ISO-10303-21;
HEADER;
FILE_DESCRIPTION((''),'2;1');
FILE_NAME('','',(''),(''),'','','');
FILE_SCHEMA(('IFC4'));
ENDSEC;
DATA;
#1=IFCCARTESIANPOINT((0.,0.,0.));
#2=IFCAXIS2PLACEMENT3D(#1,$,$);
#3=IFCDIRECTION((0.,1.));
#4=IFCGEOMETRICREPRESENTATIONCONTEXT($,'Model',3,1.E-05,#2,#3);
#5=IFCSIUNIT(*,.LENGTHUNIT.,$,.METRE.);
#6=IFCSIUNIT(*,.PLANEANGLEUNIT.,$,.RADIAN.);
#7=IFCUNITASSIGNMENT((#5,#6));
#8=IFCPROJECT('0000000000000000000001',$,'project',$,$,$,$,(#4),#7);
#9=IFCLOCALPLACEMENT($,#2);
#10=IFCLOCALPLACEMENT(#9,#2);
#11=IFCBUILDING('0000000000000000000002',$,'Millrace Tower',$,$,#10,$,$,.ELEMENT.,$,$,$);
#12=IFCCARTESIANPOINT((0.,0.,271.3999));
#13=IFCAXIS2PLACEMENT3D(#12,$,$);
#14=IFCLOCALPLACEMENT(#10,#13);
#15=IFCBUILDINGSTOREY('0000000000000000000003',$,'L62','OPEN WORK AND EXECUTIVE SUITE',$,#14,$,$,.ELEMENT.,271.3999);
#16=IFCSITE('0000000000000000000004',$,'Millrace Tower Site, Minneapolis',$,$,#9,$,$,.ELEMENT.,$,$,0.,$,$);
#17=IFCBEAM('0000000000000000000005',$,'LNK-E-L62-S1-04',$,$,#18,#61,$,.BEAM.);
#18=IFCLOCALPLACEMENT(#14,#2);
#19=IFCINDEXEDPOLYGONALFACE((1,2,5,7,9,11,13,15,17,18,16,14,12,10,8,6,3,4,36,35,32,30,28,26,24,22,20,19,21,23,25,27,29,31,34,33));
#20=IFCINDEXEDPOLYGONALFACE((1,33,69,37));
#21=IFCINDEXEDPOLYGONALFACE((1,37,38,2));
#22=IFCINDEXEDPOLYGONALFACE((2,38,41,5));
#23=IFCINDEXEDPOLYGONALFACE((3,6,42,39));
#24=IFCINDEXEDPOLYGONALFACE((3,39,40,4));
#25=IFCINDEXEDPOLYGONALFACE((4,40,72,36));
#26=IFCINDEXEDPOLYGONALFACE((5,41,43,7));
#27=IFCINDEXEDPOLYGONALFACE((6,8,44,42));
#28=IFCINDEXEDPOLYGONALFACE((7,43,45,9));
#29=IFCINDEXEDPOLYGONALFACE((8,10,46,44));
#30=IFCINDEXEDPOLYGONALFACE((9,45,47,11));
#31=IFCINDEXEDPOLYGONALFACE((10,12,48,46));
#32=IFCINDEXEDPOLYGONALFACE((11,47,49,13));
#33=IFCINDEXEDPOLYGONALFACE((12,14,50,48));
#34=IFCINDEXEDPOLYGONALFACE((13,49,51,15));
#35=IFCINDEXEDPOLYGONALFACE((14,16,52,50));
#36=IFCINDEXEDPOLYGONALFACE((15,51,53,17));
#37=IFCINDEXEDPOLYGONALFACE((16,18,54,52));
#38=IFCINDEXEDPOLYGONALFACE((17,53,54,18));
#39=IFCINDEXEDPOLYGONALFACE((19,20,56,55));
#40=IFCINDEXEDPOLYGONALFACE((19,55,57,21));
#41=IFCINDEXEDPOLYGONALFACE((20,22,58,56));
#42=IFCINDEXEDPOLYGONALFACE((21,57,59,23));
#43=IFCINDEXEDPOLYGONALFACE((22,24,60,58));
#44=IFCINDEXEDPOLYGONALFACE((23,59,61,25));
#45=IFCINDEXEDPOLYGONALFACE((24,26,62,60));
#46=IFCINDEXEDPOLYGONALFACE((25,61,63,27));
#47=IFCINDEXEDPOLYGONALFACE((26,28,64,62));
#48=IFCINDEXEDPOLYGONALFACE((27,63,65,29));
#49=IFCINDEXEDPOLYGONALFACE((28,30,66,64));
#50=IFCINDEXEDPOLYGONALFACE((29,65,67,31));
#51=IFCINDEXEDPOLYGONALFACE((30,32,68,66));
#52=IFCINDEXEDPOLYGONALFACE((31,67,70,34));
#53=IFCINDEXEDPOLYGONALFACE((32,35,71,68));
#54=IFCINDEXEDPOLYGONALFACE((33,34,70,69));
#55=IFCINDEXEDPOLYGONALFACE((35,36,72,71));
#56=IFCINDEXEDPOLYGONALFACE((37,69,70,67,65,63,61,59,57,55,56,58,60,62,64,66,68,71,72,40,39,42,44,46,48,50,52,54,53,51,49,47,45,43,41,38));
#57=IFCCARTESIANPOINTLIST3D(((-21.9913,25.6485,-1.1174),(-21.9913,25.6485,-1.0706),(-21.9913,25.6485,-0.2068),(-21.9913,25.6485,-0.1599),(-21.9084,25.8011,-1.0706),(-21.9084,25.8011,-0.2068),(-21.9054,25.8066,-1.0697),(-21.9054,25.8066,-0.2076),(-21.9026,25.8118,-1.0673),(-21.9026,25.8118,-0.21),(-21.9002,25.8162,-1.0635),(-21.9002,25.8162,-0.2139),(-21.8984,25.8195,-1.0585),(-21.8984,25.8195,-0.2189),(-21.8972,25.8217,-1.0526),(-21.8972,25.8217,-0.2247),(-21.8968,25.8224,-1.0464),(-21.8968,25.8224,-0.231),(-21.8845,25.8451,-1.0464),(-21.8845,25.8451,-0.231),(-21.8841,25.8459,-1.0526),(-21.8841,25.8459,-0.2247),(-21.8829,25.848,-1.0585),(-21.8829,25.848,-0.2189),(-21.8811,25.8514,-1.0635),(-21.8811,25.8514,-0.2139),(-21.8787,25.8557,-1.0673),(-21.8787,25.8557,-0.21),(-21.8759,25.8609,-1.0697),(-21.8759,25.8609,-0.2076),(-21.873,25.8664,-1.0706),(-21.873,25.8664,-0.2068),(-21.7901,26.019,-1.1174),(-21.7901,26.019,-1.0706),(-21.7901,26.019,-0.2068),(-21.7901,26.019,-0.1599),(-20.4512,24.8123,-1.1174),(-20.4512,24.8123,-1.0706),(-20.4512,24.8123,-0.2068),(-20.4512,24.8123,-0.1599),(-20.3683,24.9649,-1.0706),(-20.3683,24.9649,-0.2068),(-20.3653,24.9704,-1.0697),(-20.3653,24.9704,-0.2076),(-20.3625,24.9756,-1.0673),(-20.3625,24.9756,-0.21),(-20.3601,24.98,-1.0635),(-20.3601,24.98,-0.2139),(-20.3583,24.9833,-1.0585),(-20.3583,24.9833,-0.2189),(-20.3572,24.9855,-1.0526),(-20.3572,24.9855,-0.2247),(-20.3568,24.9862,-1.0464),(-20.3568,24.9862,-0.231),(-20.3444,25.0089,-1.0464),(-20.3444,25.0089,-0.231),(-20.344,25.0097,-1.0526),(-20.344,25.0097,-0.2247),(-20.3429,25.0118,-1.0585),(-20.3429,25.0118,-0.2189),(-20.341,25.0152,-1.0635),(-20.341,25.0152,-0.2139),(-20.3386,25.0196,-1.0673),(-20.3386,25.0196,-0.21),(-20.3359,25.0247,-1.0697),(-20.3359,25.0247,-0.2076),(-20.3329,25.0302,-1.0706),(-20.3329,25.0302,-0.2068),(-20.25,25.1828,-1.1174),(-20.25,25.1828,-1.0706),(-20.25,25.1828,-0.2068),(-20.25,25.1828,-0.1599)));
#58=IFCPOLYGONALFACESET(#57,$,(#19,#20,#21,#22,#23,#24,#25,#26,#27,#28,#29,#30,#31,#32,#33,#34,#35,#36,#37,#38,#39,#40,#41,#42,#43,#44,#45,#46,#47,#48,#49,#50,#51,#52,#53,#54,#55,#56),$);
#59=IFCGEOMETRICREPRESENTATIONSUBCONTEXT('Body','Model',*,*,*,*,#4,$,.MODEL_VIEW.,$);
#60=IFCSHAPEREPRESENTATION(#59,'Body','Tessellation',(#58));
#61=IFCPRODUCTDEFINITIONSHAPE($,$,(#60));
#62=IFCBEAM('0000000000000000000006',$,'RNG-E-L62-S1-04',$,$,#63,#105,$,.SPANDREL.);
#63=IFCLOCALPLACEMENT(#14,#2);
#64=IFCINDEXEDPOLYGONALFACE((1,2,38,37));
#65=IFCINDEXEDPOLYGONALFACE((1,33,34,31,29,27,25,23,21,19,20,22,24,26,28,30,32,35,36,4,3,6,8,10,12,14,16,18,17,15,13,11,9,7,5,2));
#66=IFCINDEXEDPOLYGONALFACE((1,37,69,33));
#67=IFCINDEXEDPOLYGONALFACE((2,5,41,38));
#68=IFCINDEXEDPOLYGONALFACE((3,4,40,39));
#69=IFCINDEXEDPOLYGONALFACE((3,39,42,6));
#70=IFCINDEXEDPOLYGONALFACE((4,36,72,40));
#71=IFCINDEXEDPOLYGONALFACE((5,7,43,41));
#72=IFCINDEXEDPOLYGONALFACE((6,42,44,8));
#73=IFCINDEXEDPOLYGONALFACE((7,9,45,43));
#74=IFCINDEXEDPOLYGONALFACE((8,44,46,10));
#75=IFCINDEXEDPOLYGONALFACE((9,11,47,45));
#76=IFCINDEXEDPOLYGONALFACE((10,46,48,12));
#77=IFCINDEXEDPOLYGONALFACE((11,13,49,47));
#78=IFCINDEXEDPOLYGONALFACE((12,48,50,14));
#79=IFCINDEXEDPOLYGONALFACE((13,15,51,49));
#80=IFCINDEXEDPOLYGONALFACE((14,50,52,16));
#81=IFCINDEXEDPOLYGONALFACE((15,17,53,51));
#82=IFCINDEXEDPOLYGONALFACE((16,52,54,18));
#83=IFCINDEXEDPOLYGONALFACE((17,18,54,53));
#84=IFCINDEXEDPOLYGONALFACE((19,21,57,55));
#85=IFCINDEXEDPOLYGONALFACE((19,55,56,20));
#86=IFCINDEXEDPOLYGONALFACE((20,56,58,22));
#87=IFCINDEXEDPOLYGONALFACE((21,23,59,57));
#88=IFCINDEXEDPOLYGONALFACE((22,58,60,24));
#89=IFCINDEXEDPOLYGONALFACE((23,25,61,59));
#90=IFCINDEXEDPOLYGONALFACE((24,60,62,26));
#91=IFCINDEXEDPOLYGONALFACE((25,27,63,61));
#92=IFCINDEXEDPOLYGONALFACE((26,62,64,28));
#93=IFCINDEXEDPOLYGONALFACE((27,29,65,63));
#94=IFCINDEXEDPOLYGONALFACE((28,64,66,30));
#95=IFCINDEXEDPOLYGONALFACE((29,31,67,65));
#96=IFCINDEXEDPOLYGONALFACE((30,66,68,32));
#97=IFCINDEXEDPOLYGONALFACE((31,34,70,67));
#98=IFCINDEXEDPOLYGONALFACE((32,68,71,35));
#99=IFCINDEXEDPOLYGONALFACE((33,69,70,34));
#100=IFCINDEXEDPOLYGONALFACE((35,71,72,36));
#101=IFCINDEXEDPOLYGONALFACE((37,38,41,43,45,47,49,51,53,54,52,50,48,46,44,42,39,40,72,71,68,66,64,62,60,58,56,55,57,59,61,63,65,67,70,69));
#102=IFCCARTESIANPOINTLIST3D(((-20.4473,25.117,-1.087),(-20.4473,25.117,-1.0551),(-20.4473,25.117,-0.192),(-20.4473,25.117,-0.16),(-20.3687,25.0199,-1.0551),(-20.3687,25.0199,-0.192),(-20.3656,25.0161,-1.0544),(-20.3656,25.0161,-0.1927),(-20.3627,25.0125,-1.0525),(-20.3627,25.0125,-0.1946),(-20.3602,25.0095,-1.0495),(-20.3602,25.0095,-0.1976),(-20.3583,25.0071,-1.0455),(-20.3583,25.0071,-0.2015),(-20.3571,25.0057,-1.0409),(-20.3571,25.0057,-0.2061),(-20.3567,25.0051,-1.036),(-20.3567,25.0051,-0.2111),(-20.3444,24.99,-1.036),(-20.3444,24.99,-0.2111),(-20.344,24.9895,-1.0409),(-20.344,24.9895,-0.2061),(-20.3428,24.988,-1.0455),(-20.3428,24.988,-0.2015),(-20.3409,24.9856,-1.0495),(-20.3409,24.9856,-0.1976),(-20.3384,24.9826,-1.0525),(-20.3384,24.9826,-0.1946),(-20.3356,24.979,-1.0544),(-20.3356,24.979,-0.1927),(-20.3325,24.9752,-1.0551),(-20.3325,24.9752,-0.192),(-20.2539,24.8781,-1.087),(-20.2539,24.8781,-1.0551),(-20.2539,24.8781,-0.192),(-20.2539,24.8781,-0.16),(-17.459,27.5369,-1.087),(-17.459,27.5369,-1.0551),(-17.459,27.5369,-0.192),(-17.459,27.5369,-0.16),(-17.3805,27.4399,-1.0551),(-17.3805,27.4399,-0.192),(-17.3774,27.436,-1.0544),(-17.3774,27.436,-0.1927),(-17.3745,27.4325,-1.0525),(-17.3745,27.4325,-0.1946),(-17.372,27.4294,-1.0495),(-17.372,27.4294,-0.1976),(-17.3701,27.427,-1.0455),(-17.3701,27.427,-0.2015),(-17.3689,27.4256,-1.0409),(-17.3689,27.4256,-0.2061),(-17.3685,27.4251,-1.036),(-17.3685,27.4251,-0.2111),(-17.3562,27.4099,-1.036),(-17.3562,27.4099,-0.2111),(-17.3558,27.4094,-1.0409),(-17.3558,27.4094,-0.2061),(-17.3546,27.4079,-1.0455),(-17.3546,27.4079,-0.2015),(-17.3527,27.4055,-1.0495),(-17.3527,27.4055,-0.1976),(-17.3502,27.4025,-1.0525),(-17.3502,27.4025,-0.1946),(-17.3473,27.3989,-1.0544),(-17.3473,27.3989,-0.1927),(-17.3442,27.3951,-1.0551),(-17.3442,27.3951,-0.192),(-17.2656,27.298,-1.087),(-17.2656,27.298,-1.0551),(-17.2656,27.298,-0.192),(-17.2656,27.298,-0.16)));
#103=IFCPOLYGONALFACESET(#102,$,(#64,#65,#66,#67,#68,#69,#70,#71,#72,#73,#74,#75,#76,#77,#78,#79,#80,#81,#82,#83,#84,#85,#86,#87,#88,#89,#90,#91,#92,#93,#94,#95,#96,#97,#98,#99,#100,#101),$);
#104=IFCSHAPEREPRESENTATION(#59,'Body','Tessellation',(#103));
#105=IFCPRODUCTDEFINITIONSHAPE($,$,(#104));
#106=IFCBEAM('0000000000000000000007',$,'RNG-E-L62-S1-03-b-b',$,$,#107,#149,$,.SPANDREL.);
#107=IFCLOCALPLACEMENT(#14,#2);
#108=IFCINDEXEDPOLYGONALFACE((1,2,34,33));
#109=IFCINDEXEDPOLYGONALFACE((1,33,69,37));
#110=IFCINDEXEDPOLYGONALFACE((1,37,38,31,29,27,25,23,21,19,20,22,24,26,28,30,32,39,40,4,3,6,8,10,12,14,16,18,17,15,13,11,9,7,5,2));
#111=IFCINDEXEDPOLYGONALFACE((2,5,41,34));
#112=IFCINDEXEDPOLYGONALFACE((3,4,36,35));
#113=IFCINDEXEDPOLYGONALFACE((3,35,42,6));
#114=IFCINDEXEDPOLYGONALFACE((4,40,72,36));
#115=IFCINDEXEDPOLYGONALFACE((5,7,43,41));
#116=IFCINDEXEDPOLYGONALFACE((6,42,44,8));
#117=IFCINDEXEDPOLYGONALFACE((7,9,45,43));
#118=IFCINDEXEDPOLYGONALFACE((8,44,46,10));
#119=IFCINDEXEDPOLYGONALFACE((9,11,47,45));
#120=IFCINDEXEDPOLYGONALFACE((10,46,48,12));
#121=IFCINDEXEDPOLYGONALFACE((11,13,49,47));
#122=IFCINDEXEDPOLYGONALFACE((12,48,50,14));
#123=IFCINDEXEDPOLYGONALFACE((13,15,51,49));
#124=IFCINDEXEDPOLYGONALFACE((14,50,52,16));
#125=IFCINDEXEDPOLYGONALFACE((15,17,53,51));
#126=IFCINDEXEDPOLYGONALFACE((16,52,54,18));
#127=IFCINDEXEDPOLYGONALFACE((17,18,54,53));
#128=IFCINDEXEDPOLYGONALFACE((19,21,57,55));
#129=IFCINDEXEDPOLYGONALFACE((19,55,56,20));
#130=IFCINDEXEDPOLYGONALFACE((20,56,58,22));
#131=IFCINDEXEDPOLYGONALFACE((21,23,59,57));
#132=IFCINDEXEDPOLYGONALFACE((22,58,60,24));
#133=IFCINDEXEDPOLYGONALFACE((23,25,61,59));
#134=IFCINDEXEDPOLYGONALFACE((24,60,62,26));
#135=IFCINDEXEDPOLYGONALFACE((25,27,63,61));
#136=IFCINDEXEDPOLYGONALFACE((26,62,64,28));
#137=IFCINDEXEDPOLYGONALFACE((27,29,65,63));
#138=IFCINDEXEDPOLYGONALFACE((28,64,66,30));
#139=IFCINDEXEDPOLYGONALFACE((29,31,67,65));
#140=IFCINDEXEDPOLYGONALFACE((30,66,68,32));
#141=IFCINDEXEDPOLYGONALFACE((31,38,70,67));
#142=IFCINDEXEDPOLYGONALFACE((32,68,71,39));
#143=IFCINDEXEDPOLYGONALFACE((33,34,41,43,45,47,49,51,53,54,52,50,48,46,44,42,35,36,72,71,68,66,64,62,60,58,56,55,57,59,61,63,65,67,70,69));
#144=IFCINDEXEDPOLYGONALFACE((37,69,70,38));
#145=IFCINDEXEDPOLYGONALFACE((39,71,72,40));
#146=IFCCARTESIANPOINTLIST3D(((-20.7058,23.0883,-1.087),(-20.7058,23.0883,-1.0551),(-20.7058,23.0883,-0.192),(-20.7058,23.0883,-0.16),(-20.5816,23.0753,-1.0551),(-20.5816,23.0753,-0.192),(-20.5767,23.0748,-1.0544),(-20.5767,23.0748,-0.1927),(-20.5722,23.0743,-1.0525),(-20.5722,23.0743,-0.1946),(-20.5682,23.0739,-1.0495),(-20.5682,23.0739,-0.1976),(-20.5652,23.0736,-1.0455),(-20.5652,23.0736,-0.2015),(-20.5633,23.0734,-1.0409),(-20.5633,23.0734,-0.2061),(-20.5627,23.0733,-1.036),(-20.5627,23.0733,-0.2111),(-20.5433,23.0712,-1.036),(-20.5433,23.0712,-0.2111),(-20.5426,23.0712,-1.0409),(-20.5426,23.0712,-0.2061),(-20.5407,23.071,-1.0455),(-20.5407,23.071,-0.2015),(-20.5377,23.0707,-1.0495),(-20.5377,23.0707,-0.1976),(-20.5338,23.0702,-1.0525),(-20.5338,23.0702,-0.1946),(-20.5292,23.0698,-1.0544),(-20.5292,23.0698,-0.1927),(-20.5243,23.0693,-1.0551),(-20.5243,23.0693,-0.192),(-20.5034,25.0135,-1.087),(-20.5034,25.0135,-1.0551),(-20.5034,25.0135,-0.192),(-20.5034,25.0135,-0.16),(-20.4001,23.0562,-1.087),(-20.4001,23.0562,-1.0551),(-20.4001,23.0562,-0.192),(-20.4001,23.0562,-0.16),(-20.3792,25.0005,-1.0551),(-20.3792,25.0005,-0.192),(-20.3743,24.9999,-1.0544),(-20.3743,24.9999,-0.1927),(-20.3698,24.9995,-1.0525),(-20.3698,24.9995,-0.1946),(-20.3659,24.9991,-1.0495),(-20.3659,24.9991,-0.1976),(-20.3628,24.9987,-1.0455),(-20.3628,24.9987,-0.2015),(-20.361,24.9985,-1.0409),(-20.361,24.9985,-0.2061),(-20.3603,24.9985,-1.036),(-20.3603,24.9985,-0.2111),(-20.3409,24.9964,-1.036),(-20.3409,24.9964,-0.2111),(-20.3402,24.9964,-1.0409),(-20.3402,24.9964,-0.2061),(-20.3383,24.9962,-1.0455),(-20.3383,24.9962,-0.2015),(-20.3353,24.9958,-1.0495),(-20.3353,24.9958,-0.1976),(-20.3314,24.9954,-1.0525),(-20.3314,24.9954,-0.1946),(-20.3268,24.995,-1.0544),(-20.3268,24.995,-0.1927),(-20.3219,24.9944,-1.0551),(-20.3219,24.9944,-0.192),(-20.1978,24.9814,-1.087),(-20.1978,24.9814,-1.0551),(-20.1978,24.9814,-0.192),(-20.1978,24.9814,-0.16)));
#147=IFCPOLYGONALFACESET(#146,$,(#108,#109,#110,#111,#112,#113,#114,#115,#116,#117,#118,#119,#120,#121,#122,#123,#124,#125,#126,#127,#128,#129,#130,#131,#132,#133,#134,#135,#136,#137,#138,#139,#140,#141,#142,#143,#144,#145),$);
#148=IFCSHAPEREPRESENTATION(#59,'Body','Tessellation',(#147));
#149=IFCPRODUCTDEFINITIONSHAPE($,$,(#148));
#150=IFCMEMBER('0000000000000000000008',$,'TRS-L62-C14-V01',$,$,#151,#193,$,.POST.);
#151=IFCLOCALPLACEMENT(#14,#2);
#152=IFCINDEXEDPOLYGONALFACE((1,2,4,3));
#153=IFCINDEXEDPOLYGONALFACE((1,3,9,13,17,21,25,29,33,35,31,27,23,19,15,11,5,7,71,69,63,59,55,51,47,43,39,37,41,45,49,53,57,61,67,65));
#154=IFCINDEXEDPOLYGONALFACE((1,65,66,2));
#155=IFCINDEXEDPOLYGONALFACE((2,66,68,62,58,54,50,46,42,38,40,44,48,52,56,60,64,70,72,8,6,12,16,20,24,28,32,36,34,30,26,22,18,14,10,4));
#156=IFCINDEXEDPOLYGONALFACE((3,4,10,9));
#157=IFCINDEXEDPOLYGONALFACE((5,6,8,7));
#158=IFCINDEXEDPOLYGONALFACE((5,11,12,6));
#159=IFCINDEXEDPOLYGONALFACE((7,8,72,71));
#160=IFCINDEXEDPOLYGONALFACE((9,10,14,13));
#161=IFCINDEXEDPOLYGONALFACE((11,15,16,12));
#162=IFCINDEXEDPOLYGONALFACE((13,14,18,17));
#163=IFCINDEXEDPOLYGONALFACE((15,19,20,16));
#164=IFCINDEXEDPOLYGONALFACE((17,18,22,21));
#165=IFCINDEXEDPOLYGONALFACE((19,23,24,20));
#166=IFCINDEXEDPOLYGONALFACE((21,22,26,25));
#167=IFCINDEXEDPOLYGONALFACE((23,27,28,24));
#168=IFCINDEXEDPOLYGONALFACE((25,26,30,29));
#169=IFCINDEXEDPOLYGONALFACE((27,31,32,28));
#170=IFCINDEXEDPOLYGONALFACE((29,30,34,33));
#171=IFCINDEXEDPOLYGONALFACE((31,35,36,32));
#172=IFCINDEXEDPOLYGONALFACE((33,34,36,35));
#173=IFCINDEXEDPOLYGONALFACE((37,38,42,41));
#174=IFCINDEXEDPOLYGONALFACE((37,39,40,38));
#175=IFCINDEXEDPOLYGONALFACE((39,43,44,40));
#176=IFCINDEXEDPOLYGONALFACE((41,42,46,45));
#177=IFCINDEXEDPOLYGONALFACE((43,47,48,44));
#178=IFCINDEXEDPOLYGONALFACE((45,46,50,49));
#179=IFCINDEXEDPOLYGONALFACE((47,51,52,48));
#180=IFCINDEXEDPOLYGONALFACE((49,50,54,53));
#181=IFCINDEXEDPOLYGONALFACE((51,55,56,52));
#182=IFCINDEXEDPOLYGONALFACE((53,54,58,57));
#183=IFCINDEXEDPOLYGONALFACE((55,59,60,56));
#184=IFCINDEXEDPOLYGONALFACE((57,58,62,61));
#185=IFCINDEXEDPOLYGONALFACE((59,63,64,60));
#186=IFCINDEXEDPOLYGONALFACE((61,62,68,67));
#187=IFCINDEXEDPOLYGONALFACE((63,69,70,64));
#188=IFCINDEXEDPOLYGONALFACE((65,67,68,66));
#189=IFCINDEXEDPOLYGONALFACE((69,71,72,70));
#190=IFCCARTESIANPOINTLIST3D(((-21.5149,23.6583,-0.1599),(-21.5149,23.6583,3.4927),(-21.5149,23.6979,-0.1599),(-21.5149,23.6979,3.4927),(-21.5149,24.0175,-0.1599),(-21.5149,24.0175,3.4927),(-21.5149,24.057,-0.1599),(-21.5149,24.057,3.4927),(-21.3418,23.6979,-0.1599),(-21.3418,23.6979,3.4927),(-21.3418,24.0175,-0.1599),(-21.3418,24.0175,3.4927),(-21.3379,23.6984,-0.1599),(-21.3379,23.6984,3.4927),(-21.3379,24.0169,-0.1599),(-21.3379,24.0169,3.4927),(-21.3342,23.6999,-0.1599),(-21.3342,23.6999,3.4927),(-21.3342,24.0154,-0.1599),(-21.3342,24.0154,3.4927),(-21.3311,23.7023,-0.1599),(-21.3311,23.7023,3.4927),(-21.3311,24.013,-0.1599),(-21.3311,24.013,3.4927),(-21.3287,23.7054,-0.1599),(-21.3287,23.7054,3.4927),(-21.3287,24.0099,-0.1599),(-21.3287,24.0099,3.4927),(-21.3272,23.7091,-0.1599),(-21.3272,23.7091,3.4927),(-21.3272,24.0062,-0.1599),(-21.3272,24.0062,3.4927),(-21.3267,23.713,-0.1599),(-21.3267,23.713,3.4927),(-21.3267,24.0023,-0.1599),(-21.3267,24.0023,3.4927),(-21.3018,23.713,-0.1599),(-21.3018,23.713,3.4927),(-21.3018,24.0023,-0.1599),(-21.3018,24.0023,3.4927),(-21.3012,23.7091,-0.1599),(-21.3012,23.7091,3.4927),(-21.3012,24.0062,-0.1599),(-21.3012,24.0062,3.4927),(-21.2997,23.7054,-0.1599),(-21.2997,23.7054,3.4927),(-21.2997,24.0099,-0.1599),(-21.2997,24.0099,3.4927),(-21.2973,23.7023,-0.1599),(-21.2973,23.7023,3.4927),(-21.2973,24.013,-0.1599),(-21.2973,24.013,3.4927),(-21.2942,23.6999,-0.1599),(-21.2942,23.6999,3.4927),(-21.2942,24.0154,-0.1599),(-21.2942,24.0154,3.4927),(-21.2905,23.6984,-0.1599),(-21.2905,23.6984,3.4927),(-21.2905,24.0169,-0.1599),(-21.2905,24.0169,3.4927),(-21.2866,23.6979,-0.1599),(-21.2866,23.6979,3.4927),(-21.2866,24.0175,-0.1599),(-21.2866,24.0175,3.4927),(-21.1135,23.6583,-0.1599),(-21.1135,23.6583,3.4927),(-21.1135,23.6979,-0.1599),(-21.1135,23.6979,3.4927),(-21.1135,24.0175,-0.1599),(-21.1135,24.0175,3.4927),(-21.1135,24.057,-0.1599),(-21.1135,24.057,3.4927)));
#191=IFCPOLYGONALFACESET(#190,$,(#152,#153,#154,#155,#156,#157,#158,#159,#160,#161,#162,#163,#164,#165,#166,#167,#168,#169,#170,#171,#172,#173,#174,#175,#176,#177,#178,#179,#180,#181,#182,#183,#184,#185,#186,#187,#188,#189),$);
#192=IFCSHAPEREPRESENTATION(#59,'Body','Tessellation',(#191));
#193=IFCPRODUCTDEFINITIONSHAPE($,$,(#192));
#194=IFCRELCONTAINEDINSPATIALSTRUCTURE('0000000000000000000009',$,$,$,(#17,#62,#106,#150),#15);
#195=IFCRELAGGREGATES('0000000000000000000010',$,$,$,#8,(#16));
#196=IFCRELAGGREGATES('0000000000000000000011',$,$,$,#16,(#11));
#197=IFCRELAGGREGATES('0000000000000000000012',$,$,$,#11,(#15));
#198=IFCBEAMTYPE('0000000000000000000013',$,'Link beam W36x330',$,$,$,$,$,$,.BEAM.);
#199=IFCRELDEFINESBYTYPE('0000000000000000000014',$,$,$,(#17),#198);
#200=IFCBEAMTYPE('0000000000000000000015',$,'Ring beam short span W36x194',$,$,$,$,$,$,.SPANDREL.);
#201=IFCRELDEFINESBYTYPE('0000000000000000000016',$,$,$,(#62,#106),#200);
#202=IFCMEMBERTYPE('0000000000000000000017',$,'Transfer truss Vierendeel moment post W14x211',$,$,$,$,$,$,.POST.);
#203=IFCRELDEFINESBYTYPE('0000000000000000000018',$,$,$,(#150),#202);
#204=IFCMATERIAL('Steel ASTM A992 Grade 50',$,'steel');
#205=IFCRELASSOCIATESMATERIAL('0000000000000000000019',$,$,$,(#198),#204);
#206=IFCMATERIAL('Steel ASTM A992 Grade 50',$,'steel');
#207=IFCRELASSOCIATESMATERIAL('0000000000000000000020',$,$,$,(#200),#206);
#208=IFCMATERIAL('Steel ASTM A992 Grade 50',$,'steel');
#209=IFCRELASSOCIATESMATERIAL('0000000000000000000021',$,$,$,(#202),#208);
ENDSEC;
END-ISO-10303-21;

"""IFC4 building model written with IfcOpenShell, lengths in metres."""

from ifc_helpers import new_model, si_unit, direction, frame, origin, origin_2d, place, context, subcontext, project, spatial, i_section, extrude, material, material_profile, profile_set, type_object, element, save


model = new_model("IFC4")

# Units and contexts
model_context = context("Model", 3, precision=1e-05, world=origin(), true_north=direction((0.0, 1.0)))
body_context = subcontext(model_context, "Body", "Model", "MODEL_VIEW")
ifc_project = project(units=[si_unit("LENGTHUNIT", "METRE"), si_unit("PLANEANGLEUNIT", "RADIAN")], contexts=[model_context])

# Site, building, storey
site_placement = place(None, origin())
site = spatial("IfcSite", under=ifc_project, at=site_placement, Name="Millrace Tower Site, Minneapolis", CompositionType="ELEMENT", RefElevation=0.0)
building_placement = place(site_placement, origin())
building = spatial("IfcBuilding", under=site, at=building_placement, Name="Millrace Tower", CompositionType="ELEMENT")
storey_placement = place(building_placement, frame((0.0, 0.0, 271.3999)))
storey = spatial("IfcBuildingStorey", under=building, at=storey_placement, Name="L62", Description="OPEN WORK AND EXECUTIVE SUITE", CompositionType="ELEMENT", Elevation=271.3999)

# Beams
ifc_material_1 = material(Name="Steel ASTM A992 Grade 50", Category="steel")
ifc_material_profile_1 = material_profile(ifc_material_1, i_section(OverallWidth=0.4216, OverallDepth=0.9575, WebThickness=0.0259, FlangeThickness=0.0469, FilletRadius=0.0242, at=origin_2d()))
ifc_profile_set_1 = profile_set([ifc_material_profile_1], Name="Steel ASTM A992 Grade 50")
beam_type_1 = type_object("IfcBeamType", Name="Link beam W36x330", PredefinedType="BEAM", material=ifc_profile_set_1)
beam_1_placement = place(storey_placement, frame((-20.3506, 24.9976, -0.6387), z_axis=(-0.878815, 0.477163, 0.0), x_axis=(-0.477163, -0.878815, 0.0)))
element("IfcBeam", 1, at=beam_1_placement, inside=storey, type_object=beam_type_1, Name="LNK-E-L62-S1-04", PredefinedType="BEAM", context=body_context, shape_type="SweptSolid", body=[
    extrude(i_section(OverallWidth=0.4216, OverallDepth=0.9575, WebThickness=0.0259, FlangeThickness=0.0469, FilletRadius=0.0242, at=origin_2d()), origin(), (0.0, 0.0, 1.0), 1.7524),
])
ifc_material_2 = material(Name="Steel ASTM A992 Grade 50", Category="steel")
ifc_material_profile_2 = material_profile(ifc_material_2, i_section(OverallWidth=0.3074, OverallDepth=0.927, WebThickness=0.0195, FlangeThickness=0.032, FilletRadius=0.019, at=origin_2d()))
ifc_profile_set_2 = profile_set([ifc_material_profile_2], Name="Steel ASTM A992 Grade 50")
beam_type_2 = type_object("IfcBeamType", Name="Ring beam short span W36x194", PredefinedType="SPANDREL", material=ifc_profile_set_2)
beam_2_placement = place(storey_placement, frame((-20.3506, 24.9976, -0.6235), z_axis=(0.777138, 0.62933, 0.0), x_axis=(-0.62933, 0.777138, 0.0)))
element("IfcBeam", 2, at=beam_2_placement, inside=storey, type_object=beam_type_2, Name="RNG-E-L62-S1-04", PredefinedType="SPANDREL", context=body_context, shape_type="SweptSolid", body=[
    extrude(i_section(OverallWidth=0.3074, OverallDepth=0.927, WebThickness=0.0195, FlangeThickness=0.032, FilletRadius=0.019, at=origin_2d()), origin(), (0.0, 0.0, 1.0), 3.8452),
])
beam_3_placement = place(storey_placement, frame((-20.553, 23.0723, -0.6235), z_axis=(0.104547, 0.99452, 0.0), x_axis=(-0.99452, 0.104547, 0.0)))
element("IfcBeam", 3, at=beam_3_placement, inside=storey, type_object=beam_type_2, Name="RNG-E-L62-S1-03-b-b", PredefinedType="SPANDREL", context=body_context, shape_type="SweptSolid", body=[
    extrude(i_section(OverallWidth=0.3074, OverallDepth=0.927, WebThickness=0.0195, FlangeThickness=0.032, FilletRadius=0.019, at=origin_2d()), origin(), (0.0, 0.0, 1.0), 1.9358),
])

# Member
ifc_material_3 = material(Name="Steel ASTM A992 Grade 50", Category="steel")
ifc_material_profile_3 = material_profile(ifc_material_3, i_section(OverallWidth=0.4014, OverallDepth=0.3987, WebThickness=0.0249, FlangeThickness=0.0396, FilletRadius=0.0151, at=origin_2d()))
ifc_profile_set_3 = profile_set([ifc_material_profile_3], Name="Steel ASTM A992 Grade 50")
member_type_1 = type_object("IfcMemberType", Name="Transfer truss Vierendeel moment post W14x211", PredefinedType="POST", material=ifc_profile_set_3)
for number, where, z_axis, x_axis, name in (
    (4, (-21.3142, 23.8577, -0.1599), (0.0, 0.0, 1.0), (1.0, 0.0, 0.0), "TRS-L62-C14-V01"),
):
    element("IfcMember", number, at=place(storey_placement, frame(where, z_axis=z_axis, x_axis=x_axis)), inside=storey, type_object=member_type_1, Name=name, PredefinedType="POST", context=body_context, shape_type="SweptSolid", body=[
        extrude(i_section(OverallWidth=0.4014, OverallDepth=0.3987, WebThickness=0.0249, FlangeThickness=0.0396, FilletRadius=0.0151, at=origin_2d()), origin(), (0.0, 0.0, 1.0), 3.6526),
    ])

save(model, "model.ifc")
